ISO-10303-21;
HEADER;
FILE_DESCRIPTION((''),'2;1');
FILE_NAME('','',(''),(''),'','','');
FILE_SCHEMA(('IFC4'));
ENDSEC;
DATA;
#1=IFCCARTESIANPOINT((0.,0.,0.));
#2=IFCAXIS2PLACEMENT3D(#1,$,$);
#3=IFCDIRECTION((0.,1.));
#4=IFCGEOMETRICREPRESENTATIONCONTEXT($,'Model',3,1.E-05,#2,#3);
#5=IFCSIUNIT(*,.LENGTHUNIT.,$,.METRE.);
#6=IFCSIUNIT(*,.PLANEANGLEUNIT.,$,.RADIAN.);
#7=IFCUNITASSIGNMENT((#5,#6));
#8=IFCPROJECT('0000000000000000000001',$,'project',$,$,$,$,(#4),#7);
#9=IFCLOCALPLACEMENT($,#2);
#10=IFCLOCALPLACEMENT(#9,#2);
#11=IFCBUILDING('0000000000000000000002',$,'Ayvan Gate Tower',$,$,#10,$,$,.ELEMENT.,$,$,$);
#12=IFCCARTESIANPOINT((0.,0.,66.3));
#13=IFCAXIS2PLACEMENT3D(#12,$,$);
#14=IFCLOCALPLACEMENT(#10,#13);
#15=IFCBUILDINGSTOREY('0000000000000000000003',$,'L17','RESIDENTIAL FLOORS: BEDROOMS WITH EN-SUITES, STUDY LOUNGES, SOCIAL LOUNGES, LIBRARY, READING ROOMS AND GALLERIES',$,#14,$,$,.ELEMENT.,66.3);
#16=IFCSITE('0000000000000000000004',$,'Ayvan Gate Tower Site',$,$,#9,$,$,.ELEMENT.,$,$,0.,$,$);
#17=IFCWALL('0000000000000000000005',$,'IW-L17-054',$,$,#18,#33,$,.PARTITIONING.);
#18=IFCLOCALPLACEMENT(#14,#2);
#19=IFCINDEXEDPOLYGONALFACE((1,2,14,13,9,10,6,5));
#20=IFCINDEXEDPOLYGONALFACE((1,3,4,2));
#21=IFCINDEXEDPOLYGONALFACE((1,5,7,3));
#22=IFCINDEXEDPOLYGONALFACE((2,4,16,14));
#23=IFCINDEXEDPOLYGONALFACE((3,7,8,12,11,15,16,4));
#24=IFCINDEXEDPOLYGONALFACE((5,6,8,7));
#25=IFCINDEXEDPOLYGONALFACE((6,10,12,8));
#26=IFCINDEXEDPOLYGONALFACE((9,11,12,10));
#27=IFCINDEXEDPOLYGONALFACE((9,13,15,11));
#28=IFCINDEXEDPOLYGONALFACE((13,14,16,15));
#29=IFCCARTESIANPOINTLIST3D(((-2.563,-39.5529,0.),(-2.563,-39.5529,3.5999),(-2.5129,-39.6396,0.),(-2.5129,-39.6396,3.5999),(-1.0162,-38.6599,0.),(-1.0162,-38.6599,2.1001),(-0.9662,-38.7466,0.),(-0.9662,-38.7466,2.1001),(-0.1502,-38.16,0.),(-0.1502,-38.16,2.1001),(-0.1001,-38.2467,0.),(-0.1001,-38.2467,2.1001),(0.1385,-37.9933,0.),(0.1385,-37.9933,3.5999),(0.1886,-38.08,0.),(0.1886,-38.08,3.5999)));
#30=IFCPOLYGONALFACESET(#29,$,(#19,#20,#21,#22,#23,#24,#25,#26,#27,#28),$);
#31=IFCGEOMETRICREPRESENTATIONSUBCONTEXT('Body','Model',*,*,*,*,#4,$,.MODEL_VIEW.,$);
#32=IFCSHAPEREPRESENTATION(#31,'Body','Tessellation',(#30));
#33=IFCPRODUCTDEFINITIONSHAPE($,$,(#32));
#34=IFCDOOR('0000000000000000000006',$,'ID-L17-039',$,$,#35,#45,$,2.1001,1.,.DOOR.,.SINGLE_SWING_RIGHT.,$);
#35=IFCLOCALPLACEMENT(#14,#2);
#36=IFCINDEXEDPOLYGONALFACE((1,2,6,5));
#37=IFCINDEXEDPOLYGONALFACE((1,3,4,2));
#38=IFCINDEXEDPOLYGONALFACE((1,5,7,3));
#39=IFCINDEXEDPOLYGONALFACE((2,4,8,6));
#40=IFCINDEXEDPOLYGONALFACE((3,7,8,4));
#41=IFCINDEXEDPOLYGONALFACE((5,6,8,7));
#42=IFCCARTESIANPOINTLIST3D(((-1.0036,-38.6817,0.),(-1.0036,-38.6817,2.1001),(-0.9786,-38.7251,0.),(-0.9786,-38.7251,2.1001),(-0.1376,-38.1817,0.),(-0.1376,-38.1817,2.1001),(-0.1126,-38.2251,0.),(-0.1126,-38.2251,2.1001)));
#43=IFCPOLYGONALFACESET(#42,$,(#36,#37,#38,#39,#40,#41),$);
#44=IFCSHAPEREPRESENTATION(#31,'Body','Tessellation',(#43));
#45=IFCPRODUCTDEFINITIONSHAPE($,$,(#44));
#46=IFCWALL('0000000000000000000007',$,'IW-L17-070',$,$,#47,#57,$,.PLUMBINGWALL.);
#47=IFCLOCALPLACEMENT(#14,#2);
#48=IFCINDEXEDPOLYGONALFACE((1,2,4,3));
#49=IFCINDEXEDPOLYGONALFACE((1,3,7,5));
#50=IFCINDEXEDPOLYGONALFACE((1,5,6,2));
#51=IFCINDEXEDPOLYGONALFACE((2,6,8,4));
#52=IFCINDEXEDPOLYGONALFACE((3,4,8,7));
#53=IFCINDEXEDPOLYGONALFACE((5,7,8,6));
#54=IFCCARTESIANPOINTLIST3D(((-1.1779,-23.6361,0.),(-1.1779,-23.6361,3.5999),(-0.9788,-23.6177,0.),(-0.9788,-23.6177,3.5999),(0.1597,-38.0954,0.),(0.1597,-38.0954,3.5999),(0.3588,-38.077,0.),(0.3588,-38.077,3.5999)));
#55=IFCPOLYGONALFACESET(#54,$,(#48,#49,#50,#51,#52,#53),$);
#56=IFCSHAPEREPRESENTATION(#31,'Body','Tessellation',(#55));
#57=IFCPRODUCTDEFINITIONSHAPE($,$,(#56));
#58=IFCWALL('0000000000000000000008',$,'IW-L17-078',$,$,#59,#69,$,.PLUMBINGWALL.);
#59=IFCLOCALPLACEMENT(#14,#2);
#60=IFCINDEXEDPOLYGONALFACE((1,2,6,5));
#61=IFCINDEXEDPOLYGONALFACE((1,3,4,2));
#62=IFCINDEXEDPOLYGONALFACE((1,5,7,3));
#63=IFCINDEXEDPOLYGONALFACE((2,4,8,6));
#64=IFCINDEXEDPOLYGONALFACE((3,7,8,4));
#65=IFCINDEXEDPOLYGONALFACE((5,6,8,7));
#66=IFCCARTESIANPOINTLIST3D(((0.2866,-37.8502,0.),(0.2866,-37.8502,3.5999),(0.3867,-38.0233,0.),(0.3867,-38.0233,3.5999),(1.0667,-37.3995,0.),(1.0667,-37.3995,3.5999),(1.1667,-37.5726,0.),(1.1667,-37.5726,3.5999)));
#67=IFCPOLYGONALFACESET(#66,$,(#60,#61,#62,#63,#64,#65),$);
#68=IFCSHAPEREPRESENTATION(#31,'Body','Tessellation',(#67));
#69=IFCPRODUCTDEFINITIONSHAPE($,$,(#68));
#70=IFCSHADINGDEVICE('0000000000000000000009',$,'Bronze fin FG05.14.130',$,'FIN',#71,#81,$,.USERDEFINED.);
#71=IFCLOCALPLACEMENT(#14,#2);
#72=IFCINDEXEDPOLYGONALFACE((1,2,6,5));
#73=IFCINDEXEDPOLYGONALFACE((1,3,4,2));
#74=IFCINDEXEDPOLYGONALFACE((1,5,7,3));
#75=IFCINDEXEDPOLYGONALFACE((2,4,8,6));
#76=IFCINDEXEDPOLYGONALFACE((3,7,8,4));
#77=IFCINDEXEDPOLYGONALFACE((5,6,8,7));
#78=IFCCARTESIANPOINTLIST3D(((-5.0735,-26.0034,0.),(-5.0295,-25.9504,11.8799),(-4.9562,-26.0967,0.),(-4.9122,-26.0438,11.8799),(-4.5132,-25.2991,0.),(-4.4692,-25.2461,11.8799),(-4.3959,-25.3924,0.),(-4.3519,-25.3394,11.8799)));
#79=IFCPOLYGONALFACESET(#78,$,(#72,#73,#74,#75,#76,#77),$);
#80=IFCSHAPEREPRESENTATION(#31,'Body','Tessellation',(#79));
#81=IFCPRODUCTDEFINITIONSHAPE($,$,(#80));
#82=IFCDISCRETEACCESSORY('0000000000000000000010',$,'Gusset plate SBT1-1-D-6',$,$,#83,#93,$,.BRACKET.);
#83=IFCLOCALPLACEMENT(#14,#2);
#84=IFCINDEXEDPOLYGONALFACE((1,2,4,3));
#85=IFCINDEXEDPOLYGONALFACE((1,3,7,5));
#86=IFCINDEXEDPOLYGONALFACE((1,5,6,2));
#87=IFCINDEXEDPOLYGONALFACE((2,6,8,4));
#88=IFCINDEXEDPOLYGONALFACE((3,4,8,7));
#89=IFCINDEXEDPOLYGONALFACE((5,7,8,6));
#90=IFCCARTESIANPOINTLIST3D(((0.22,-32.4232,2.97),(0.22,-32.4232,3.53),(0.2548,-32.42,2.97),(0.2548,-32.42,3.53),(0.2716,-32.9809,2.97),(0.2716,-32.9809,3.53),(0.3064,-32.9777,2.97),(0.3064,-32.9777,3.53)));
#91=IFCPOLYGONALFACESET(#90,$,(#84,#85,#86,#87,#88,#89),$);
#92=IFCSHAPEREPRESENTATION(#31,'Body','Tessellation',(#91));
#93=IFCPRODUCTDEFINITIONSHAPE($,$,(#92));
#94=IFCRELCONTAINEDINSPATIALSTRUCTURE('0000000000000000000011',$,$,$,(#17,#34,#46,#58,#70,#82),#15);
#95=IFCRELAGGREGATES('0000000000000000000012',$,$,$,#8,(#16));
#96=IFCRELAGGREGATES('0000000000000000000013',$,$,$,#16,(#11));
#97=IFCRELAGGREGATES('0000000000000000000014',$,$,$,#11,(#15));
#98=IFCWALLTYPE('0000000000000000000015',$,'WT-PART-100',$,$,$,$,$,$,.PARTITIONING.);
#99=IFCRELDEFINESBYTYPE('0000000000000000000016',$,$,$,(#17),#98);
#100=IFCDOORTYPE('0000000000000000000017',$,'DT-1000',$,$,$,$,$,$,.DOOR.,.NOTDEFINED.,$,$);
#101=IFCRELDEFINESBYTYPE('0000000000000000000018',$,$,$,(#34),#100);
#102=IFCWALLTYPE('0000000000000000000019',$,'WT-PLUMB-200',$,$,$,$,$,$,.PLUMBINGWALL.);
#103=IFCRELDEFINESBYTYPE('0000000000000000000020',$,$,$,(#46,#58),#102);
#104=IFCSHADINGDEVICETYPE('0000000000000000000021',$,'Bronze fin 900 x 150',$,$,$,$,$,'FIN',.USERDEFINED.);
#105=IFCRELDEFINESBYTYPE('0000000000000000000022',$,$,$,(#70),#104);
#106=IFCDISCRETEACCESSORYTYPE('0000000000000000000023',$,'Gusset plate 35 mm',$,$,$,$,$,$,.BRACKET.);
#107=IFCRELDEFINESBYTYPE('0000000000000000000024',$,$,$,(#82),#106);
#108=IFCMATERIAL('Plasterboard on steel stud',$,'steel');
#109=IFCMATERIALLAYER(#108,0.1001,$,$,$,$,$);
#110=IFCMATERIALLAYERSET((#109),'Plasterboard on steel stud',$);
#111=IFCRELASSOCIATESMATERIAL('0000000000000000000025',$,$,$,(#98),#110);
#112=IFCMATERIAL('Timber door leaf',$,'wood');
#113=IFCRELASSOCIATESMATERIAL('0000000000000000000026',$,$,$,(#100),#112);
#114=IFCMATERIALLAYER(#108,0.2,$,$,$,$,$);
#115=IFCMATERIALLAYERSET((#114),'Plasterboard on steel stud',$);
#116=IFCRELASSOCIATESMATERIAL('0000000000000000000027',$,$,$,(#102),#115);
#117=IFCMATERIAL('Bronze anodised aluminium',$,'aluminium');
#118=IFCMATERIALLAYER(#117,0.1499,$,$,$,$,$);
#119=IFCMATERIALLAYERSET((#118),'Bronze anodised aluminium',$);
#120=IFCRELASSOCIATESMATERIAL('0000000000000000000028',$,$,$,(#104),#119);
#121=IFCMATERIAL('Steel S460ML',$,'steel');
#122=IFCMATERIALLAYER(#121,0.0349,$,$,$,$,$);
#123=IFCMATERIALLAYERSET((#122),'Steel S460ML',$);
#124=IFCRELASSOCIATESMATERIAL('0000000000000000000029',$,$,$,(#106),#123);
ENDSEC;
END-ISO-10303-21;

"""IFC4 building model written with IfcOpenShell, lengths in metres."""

from ifc_helpers import new_model, si_unit, direction, frame, frame_2d, origin, origin_2d, place, context, subcontext, project, spatial, polyline, rectangle, outline, extrude, material, layer, layer_set, type_object, element, fill, save


model = new_model("IFC4")

# Units and contexts
model_context = context("Model", 3, precision=1e-05, world=origin(), true_north=direction((0.0, 1.0)))
body_context = subcontext(model_context, "Body", "Model", "MODEL_VIEW")
ifc_project = project(units=[si_unit("LENGTHUNIT", "METRE"), si_unit("PLANEANGLEUNIT", "RADIAN")], contexts=[model_context])

# Site, building, storey
site_placement = place(None, origin())
site = spatial("IfcSite", under=ifc_project, at=site_placement, Name="Ayvan Gate Tower Site", CompositionType="ELEMENT", RefElevation=0.0)
building_placement = place(site_placement, origin())
building = spatial("IfcBuilding", under=site, at=building_placement, Name="Ayvan Gate Tower", CompositionType="ELEMENT")
storey_placement = place(building_placement, frame((0.0, 0.0, 66.3)))
storey = spatial("IfcBuildingStorey", under=building, at=storey_placement, Name="L17", Description="RESIDENTIAL FLOORS: BEDROOMS WITH EN-SUITES, STUDY LOUNGES, SOCIAL LOUNGES, LIBRARY, READING ROOMS AND GALLERIES", CompositionType="ELEMENT", Elevation=66.3)

# Shared definitions
ifc_material_1 = material(Name="Steel S460ML", Category="steel")

# Shared definitions
ifc_material_2 = material(Name="Bronze anodised aluminium", Category="aluminium")

# Shared definitions
ifc_material_3 = material(Name="Plasterboard on steel stud", Category="steel")
ifc_layer_1 = layer(ifc_material_3, 0.1001)
ifc_layer_set_1 = layer_set([ifc_layer_1], Name="Plasterboard on steel stud")
wall_type_1 = type_object("IfcWallType", Name="WT-PART-100", PredefinedType="PARTITIONING", material=ifc_layer_set_1)

# Wall, opening, door
wall_1_placement = place(storey_placement, frame((-2.5378, -39.5962, 0.0), z_axis=(0.0, 0.0, 1.0), x_axis=(0.866038, 0.499978, 0.0)))
wall_1 = element("IfcWall", 1, at=wall_1_placement, inside=storey, type_object=wall_type_1, Name="IW-L17-054", PredefinedType="PARTITIONING", context=body_context, shape_type="SweptSolid", body=[
    extrude(rectangle(XDim=3.1194, YDim=0.1001, at=frame_2d((1.5596, 0.0))), origin(), (0.0, 0.0, 1.0), 3.5999),
])
opening_placement = place(wall_1_placement, frame((1.7859, 0.0, 0.0)))
opening = element("IfcOpeningElement", 2, at=opening_placement, cuts=wall_1, PredefinedType="OPENING", context=body_context, shape_type="SweptSolid", body=[
    extrude(rectangle(XDim=1.0, YDim=2.1001, at=frame_2d((0.5, 1.05))), frame((0.0, 0.0601, 0.0), z_axis=(0.0, -1.0, 0.0), x_axis=(1.0, 0.0, 0.0)), (0.0, 0.0, 1.0), 0.1201),
])
ifc_material_4 = material(Name="Timber door leaf", Category="wood")
door_type = type_object("IfcDoorType", Name="DT-1000", OperationType="NOTDEFINED", PredefinedType="DOOR", material=ifc_material_4)
door_placement = place(opening_placement, origin())
door = element("IfcDoor", 3, at=door_placement, inside=storey, type_object=door_type, Name="ID-L17-039", OperationType="SINGLE_SWING_RIGHT", OverallHeight=2.1001, OverallWidth=1.0, PredefinedType="DOOR", context=body_context, shape_type="SweptSolid", body=[
    extrude(rectangle(XDim=1.0, YDim=2.1001, at=frame_2d((0.5, 1.05))), frame((0.0, 0.0249, 0.0), z_axis=(0.0, -1.0, 0.0), x_axis=(1.0, 0.0, 0.0)), (0.0, 0.0, 1.0), 0.05),
])
fill(opening, door)

# Walls
ifc_layer_2 = layer(ifc_material_3, 0.2)
ifc_layer_set_2 = layer_set([ifc_layer_2], Name="Plasterboard on steel stud")
wall_type_2 = type_object("IfcWallType", Name="WT-PLUMB-200", PredefinedType="PLUMBINGWALL", material=ifc_layer_set_2)
wall_2_placement = place(storey_placement, frame((0.2593, -38.0862, 0.0), z_axis=(0.0, 0.0, 1.0), x_axis=(-0.092118, 0.995748, 0.0)))
element("IfcWall", 4, at=wall_2_placement, inside=storey, type_object=wall_type_2, Name="IW-L17-070", PredefinedType="PLUMBINGWALL", context=body_context, shape_type="SweptSolid", body=[
    extrude(rectangle(XDim=14.521, YDim=0.2, at=frame_2d((7.2605, 0.0))), origin(), (0.0, 0.0, 1.0), 3.5999),
])
wall_3_placement = place(storey_placement, frame((1.1167, -37.4861, 0.0), z_axis=(0.0, 0.0, 1.0), x_axis=(-0.865865, -0.500278, 0.0)))
element("IfcWall", 5, at=wall_3_placement, inside=storey, type_object=wall_type_2, Name="IW-L17-078", PredefinedType="PLUMBINGWALL", context=body_context, shape_type="SweptSolid", body=[
    extrude(rectangle(XDim=0.9009, YDim=0.2, at=frame_2d((0.4504, 0.0))), origin(), (0.0, 0.0, 1.0), 3.5999),
])

# Shading device
ifc_layer_3 = layer(ifc_material_2, 0.1499)
ifc_layer_set_3 = layer_set([ifc_layer_3], Name="Bronze anodised aluminium")
shading_device_type = type_object("IfcShadingDeviceType", Name="Bronze fin 900 x 150", ElementType="FIN", PredefinedType="USERDEFINED", material=ifc_layer_set_3)
shading_device_placement = place(storey_placement, frame((-4.5132, -25.2991, 0.0), z_axis=(-0.782586, 0.622542, 0.000119), x_axis=(-0.622542, -0.782586, 0.0)))
element("IfcShadingDevice", 6, at=shading_device_placement, inside=storey, type_object=shading_device_type, Name="Bronze fin FG05.14.130", ObjectType="FIN", PredefinedType="USERDEFINED", context=body_context, shape_type="SweptSolid", body=[
    extrude(outline(polyline([(0.0, 0.0), (0.9, 0.0), (0.8312, 11.8799), (-0.0688, 11.8799), (0.0, 0.0)])), origin(), (0.0, 0.0, -1.0), 0.1499),
])

# Discrete accessory
ifc_layer_4 = layer(ifc_material_1, 0.0349)
ifc_layer_set_4 = layer_set([ifc_layer_4], Name="Steel S460ML")
discrete_accessory_type = type_object("IfcDiscreteAccessoryType", Name="Gusset plate 35 mm", PredefinedType="BRACKET", material=ifc_layer_set_4)
discrete_accessory_placement = place(storey_placement, frame((0.2632, -32.7004, 2.97), z_axis=(0.0, 0.0, 1.0), x_axis=(-0.092119, 0.995748, 0.0)))
element("IfcDiscreteAccessory", 7, at=discrete_accessory_placement, inside=storey, type_object=discrete_accessory_type, Name="Gusset plate SBT1-1-D-6", PredefinedType="BRACKET", context=body_context, shape_type="SweptSolid", body=[
    extrude(rectangle(XDim=0.5601, YDim=0.0349, at=origin_2d()), origin(), (0.0, 0.0, 1.0), 0.5601),
])

save(model, "model.ifc")
